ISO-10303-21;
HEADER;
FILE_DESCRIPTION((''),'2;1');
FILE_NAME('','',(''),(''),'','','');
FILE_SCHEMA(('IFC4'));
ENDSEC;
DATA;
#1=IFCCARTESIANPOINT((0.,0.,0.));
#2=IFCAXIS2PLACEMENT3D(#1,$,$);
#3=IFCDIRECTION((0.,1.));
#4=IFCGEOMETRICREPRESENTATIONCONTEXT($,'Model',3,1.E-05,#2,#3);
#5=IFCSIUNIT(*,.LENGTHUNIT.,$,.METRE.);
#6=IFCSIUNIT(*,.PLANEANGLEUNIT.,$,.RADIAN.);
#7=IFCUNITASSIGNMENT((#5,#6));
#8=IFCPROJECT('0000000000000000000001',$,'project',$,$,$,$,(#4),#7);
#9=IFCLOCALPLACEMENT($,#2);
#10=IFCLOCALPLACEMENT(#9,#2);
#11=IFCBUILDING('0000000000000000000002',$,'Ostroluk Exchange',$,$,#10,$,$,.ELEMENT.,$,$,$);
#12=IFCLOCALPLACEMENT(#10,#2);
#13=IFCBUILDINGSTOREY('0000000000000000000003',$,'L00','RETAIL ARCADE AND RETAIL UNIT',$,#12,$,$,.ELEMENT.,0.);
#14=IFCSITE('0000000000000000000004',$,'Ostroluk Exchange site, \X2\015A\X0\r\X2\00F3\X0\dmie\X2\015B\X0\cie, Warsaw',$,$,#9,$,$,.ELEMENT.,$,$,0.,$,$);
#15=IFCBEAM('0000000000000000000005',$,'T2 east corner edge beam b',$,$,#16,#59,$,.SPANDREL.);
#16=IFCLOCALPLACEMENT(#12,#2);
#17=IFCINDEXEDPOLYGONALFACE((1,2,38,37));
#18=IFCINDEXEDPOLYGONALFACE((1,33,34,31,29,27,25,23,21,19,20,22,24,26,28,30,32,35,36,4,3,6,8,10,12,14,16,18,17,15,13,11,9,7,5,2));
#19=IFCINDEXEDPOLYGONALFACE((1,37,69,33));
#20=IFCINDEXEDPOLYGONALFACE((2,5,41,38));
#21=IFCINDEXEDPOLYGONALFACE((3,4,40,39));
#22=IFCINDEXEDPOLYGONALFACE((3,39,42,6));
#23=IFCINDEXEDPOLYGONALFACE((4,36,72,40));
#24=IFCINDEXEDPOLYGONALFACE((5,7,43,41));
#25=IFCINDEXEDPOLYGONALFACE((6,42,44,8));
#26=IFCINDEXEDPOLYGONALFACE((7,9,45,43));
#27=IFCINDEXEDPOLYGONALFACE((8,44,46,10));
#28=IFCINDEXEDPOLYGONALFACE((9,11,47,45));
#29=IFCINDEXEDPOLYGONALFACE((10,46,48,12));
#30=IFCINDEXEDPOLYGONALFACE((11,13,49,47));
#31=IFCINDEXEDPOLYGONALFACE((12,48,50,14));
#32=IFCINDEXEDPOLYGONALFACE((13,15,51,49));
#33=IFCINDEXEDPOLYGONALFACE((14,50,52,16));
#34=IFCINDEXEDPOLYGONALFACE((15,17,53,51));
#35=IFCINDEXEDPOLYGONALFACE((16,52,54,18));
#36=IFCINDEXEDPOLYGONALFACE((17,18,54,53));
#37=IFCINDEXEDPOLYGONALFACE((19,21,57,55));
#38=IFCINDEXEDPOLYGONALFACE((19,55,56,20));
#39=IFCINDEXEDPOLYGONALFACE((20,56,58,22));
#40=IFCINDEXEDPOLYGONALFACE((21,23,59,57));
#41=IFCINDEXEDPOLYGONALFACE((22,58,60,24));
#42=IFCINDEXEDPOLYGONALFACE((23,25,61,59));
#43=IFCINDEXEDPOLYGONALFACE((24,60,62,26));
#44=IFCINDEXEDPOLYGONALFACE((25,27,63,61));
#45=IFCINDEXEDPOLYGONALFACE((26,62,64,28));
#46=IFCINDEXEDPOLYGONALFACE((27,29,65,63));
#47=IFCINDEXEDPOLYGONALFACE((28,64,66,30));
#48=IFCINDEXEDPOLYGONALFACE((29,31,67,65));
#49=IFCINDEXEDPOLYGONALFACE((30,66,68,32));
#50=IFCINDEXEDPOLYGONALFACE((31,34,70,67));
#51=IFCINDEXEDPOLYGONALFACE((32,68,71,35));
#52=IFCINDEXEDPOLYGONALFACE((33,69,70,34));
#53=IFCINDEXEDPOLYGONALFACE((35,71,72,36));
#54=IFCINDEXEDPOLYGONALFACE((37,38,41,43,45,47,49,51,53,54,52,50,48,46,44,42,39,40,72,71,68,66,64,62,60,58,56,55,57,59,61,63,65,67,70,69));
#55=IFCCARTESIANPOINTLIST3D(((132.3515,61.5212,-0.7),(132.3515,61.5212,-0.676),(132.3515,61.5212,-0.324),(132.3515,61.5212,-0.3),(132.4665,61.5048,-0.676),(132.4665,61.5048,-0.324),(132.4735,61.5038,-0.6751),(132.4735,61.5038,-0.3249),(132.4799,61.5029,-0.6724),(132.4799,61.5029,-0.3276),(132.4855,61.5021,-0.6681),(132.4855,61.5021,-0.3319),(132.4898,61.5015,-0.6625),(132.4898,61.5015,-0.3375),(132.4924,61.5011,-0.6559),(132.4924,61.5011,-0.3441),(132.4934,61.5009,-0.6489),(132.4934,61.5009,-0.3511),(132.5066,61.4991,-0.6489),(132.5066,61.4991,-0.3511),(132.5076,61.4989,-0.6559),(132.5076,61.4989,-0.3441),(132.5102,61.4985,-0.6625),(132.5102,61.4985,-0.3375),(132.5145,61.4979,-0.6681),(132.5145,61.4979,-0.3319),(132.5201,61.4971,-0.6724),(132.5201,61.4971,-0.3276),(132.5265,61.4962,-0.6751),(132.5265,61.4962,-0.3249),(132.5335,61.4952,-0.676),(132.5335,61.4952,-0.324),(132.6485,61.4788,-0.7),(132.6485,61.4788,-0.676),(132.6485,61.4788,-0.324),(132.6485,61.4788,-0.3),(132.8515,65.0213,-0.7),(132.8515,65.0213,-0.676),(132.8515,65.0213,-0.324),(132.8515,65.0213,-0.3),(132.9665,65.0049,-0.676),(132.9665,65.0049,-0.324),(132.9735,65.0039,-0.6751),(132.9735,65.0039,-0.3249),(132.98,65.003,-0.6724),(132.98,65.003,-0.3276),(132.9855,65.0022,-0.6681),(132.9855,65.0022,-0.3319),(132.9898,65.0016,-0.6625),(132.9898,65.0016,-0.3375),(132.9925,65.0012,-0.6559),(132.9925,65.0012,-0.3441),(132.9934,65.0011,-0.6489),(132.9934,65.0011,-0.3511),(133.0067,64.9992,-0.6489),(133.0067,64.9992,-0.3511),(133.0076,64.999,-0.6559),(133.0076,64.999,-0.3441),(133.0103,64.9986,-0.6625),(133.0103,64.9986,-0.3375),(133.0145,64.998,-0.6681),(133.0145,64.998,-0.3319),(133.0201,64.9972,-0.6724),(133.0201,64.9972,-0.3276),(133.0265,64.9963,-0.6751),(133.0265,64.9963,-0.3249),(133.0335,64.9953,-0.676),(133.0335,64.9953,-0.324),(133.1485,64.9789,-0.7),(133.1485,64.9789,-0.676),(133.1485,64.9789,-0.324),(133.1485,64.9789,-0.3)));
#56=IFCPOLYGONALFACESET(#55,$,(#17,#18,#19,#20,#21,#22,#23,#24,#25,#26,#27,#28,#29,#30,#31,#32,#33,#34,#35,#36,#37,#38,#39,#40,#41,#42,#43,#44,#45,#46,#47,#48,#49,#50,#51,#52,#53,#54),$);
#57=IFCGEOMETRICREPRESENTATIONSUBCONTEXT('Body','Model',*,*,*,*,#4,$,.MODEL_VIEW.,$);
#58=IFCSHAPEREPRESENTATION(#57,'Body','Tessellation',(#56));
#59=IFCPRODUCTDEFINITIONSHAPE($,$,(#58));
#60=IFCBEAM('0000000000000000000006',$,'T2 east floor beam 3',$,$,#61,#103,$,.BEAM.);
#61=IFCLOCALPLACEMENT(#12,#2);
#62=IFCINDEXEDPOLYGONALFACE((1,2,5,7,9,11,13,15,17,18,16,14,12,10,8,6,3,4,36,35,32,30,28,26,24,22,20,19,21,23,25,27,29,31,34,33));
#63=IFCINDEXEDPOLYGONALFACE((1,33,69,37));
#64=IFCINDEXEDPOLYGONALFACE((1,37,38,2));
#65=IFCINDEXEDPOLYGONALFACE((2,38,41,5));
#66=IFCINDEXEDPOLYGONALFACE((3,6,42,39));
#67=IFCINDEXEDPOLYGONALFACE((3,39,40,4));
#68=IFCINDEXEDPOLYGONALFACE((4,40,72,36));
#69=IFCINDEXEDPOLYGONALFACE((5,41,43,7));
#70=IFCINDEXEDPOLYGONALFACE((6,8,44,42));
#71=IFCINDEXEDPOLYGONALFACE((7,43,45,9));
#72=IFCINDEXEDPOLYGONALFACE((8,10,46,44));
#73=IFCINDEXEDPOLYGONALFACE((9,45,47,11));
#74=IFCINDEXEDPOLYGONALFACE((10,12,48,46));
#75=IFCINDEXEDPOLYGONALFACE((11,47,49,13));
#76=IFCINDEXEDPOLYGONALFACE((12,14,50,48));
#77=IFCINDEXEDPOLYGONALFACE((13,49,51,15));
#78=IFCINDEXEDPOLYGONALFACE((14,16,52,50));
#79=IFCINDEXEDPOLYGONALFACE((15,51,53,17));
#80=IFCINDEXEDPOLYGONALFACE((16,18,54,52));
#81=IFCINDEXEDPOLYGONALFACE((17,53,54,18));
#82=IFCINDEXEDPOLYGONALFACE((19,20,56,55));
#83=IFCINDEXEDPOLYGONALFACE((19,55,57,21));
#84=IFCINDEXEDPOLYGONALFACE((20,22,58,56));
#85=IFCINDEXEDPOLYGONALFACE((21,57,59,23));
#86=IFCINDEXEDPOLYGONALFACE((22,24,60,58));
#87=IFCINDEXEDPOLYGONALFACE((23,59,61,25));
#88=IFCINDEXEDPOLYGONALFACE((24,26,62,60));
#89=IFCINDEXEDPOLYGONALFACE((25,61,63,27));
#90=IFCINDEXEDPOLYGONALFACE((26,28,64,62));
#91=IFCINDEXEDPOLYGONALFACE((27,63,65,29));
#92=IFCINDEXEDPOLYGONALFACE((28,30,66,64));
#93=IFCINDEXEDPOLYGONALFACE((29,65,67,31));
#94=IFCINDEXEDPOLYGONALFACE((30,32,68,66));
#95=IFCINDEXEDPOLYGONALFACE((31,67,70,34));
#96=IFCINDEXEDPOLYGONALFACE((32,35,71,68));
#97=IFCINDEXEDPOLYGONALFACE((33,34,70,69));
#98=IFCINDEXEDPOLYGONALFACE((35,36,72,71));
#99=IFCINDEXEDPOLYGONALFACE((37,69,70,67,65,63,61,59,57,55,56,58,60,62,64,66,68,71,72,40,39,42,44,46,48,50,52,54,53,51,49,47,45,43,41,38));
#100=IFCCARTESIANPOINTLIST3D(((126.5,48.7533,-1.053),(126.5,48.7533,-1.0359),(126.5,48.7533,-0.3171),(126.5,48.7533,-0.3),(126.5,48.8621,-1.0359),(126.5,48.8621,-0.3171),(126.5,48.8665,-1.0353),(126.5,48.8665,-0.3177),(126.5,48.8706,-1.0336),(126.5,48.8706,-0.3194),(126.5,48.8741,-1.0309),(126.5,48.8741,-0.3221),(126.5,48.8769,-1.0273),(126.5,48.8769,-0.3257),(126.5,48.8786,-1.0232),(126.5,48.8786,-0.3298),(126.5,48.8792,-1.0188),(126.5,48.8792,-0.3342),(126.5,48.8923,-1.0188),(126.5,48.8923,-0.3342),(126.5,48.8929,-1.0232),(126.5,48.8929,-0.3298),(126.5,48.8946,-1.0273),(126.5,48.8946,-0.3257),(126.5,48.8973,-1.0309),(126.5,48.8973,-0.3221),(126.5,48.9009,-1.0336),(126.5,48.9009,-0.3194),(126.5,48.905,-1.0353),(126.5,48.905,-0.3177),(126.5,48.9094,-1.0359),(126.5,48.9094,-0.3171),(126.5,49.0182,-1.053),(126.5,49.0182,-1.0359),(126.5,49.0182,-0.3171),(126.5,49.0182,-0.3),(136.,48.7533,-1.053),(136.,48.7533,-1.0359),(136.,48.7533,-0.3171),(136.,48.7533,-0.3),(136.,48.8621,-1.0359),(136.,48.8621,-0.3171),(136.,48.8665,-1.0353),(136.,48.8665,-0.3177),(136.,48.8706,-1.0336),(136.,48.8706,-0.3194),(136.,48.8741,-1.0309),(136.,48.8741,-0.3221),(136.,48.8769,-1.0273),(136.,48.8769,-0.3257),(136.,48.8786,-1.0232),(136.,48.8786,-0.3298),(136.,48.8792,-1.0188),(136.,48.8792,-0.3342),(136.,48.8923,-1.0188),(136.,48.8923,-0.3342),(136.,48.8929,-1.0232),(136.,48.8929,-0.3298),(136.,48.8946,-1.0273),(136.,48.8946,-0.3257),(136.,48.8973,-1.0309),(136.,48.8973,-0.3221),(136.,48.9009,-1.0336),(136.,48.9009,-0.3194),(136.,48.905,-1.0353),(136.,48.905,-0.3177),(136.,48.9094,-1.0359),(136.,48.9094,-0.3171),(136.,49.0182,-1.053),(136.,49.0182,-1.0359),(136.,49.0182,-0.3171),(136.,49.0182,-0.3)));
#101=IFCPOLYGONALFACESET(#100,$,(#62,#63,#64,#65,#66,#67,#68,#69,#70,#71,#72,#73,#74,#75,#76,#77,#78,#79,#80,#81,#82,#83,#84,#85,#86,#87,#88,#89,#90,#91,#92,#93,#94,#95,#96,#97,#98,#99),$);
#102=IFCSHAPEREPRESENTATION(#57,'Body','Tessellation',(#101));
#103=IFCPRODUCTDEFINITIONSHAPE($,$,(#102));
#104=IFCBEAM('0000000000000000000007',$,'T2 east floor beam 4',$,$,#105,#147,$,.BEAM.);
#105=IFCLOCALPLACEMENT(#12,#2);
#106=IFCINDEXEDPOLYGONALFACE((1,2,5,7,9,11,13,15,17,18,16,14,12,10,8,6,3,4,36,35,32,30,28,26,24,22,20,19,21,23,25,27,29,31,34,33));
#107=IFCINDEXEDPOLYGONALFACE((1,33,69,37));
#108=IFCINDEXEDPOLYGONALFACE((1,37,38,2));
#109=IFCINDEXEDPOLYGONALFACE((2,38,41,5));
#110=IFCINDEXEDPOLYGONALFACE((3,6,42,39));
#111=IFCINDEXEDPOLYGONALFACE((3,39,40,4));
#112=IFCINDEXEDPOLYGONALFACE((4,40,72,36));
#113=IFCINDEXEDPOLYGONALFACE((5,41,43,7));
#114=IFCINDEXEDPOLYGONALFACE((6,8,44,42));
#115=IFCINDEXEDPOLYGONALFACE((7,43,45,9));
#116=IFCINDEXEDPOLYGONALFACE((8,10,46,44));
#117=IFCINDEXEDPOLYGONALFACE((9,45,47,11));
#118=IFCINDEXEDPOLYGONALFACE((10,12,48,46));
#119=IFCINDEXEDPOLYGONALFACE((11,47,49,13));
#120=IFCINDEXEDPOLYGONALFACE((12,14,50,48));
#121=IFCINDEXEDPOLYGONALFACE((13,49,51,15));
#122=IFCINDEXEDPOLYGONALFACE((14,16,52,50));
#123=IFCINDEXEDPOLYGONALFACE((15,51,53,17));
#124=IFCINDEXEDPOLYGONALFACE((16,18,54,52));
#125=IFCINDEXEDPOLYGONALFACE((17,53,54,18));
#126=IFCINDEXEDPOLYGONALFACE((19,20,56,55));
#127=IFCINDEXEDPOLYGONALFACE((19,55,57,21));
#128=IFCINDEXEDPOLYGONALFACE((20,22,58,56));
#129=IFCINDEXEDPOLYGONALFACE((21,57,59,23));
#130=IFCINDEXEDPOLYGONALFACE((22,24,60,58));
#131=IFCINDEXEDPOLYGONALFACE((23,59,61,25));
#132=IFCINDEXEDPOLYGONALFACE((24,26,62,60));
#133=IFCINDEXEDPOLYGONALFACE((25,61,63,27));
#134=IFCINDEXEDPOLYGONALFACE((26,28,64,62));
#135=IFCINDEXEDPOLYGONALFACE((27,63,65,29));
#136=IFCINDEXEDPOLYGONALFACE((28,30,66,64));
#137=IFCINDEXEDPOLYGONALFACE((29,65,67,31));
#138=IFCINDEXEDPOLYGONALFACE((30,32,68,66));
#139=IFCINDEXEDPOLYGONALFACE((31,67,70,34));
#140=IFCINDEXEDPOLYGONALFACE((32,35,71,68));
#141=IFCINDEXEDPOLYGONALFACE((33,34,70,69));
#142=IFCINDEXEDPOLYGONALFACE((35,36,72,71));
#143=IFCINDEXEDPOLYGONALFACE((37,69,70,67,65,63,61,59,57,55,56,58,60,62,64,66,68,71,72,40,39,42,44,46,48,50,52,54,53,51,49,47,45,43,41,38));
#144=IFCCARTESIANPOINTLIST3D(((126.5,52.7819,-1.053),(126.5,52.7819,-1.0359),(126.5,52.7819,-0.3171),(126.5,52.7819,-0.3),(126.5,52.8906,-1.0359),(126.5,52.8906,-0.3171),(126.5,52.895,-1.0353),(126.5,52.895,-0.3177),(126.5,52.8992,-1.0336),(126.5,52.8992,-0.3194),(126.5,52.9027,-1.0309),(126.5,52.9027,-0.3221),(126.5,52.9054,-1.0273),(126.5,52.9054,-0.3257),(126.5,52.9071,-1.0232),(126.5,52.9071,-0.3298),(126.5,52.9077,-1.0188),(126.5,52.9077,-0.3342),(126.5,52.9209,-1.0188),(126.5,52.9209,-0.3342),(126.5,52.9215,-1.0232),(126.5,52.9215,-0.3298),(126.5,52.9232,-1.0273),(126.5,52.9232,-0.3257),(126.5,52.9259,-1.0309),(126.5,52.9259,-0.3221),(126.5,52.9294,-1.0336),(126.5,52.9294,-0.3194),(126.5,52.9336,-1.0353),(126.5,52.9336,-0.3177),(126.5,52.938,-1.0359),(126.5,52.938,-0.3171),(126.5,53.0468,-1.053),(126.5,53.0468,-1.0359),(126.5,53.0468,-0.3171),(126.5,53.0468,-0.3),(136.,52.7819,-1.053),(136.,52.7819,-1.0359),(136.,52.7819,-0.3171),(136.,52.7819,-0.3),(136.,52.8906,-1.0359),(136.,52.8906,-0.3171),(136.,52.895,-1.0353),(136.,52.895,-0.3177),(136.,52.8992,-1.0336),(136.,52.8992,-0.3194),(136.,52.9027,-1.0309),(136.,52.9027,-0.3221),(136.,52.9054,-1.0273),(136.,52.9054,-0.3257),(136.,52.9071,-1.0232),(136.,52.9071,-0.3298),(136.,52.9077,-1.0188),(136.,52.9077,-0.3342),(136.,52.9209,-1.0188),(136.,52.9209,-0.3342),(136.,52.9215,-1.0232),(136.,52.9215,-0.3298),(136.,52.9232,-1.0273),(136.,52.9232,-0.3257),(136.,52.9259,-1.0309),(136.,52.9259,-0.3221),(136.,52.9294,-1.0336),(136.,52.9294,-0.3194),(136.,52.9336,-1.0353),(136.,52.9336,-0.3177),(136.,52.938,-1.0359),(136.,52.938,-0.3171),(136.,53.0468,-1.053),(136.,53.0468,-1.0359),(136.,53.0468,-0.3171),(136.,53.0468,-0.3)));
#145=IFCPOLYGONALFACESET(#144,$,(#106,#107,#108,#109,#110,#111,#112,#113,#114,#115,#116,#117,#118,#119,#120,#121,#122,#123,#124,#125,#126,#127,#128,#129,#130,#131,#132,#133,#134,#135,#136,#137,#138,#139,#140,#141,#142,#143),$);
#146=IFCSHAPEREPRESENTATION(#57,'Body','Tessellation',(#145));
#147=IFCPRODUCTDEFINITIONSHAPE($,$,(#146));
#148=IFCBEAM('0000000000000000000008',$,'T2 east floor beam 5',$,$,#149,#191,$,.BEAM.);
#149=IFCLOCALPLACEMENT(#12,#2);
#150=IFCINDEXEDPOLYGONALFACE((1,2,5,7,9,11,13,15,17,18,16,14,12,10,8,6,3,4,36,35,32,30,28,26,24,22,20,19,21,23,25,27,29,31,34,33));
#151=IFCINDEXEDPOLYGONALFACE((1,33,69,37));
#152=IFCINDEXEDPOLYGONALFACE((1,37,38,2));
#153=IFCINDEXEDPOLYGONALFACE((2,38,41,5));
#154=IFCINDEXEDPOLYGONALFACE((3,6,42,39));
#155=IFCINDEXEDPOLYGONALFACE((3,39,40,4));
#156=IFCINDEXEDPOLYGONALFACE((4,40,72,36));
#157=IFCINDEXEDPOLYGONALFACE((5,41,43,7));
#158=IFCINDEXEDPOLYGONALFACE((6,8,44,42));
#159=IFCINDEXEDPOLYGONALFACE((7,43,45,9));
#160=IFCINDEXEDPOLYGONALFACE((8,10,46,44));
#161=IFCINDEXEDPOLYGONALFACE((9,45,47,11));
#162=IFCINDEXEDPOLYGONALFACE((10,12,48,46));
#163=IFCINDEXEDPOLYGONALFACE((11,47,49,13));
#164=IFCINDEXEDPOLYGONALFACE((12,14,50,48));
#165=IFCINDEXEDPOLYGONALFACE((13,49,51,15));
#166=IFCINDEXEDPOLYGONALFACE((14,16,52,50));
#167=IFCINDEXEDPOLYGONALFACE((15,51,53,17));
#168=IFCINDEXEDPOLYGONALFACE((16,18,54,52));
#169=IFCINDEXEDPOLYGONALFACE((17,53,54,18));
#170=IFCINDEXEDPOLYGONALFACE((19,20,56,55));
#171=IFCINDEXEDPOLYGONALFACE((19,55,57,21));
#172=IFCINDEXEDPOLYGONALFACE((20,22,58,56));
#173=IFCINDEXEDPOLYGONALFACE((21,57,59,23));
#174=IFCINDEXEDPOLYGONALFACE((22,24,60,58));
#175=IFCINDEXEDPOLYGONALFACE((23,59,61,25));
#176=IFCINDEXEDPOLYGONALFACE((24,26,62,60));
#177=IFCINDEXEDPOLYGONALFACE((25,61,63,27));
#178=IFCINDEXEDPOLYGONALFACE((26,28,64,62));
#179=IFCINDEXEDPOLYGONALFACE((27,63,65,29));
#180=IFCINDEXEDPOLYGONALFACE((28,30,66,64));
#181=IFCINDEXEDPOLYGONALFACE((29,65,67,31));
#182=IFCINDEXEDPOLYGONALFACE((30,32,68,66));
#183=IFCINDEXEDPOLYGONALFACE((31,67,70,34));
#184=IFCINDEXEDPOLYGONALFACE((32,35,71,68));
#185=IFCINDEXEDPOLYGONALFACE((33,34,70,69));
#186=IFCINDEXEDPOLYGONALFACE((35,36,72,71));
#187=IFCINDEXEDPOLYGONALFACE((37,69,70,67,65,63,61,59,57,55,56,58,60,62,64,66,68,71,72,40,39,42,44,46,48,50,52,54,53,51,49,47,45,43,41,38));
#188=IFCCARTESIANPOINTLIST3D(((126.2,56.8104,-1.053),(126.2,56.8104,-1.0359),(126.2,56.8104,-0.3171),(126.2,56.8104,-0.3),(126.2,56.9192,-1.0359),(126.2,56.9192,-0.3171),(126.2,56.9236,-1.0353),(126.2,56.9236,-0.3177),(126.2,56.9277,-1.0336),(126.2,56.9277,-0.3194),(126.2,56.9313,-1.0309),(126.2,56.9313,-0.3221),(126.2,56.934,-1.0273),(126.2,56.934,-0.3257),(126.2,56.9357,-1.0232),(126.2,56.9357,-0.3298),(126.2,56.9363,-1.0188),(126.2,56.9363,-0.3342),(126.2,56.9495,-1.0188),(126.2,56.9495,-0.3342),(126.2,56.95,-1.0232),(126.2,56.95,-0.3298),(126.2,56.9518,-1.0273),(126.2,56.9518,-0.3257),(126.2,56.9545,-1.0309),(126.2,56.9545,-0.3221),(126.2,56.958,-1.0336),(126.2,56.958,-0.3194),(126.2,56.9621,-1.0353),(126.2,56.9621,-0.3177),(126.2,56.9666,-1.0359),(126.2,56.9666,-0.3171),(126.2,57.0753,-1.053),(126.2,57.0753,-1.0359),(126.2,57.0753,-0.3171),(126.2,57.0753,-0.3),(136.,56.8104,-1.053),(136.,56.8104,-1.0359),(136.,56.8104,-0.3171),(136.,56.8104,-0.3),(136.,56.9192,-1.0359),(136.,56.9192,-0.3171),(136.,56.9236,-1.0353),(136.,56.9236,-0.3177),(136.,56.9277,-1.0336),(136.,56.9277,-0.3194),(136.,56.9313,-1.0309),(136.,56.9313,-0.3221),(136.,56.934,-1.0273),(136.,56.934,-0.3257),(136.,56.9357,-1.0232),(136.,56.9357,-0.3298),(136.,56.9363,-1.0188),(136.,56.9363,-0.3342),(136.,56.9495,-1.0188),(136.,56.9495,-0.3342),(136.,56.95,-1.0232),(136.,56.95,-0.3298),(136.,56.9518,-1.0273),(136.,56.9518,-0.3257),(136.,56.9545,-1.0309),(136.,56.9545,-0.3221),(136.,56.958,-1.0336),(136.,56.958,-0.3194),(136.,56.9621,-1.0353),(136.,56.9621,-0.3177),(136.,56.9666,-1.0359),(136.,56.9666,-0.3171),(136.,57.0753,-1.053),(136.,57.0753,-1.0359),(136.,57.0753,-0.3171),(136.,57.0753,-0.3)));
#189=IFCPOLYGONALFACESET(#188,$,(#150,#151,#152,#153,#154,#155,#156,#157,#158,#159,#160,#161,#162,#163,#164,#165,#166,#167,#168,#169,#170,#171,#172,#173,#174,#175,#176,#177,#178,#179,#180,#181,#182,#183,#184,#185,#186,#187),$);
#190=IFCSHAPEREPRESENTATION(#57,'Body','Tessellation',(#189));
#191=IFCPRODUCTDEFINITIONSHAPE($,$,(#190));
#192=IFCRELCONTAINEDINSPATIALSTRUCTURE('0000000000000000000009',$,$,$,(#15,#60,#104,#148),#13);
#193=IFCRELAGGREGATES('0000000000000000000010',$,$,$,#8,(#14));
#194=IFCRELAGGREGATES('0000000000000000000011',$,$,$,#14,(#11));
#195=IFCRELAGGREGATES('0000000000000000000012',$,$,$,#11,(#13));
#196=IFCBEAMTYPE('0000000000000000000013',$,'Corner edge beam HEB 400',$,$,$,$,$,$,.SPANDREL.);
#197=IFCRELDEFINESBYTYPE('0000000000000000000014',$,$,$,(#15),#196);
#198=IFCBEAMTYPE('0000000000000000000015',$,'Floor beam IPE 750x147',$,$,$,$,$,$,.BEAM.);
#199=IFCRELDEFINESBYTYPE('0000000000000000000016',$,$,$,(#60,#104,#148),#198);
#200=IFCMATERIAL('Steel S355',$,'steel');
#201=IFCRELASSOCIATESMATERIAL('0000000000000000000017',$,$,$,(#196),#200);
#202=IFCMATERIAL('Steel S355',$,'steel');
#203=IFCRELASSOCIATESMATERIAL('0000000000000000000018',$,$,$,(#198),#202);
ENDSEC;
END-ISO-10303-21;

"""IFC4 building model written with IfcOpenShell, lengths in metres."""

from ifc_helpers import new_model, si_unit, direction, frame, origin, origin_2d, place, context, subcontext, project, spatial, i_section, extrude, material, material_profile, profile_set, type_object, element, save


model = new_model("IFC4")

# Units and contexts
model_context = context("Model", 3, precision=1e-05, world=origin(), true_north=direction((0.0, 1.0)))
body_context = subcontext(model_context, "Body", "Model", "MODEL_VIEW")
ifc_project = project(units=[si_unit("LENGTHUNIT", "METRE"), si_unit("PLANEANGLEUNIT", "RADIAN")], contexts=[model_context])

# Site, building, storey
site_placement = place(None, origin())
site = spatial("IfcSite", under=ifc_project, at=site_placement, Name="Ostroluk Exchange site, Śródmieście, Warsaw", CompositionType="ELEMENT", RefElevation=0.0)
building_placement = place(site_placement, origin())
building = spatial("IfcBuilding", under=site, at=building_placement, Name="Ostroluk Exchange", CompositionType="ELEMENT")
storey_placement = place(building_placement, origin())
storey = spatial("IfcBuildingStorey", under=building, at=storey_placement, Name="L00", Description="RETAIL ARCADE AND RETAIL UNIT", CompositionType="ELEMENT", Elevation=0.0)

# Beams
ifc_material_1 = material(Name="Steel S355", Category="steel")
ifc_material_profile_1 = material_profile(ifc_material_1, i_section(OverallWidth=0.3, OverallDepth=0.3999, WebThickness=0.0134, FlangeThickness=0.0239, FilletRadius=0.0271, at=origin_2d()), Name="HEB 400")
ifc_profile_set_1 = profile_set([ifc_material_profile_1], Name="Steel S355")
beam_type_1 = type_object("IfcBeamType", Name="Corner edge beam HEB 400", PredefinedType="SPANDREL", material=ifc_profile_set_1)
for number, where, z_axis, x_axis, name in (
    (1, (132.5, 61.5, -0.5), (0.141421, 0.989949, 0.0), (-0.989949, 0.141421, 0.0), "T2 east corner edge beam b"),
):
    element("IfcBeam", number, at=place(storey_placement, frame(where, z_axis=z_axis, x_axis=x_axis)), inside=storey, type_object=beam_type_1, Name=name, PredefinedType="SPANDREL", context=body_context, shape_type="SweptSolid", body=[
        extrude(i_section(OverallWidth=0.3, OverallDepth=0.3999, WebThickness=0.0134, FlangeThickness=0.0239, FilletRadius=0.0271, at=origin_2d()), origin(), (0.0, 0.0, 1.0), 3.5356),
    ])
ifc_material_2 = material(Name="Steel S355", Category="steel")
ifc_material_profile_2 = material_profile(ifc_material_2, i_section(OverallWidth=0.2649, OverallDepth=0.7529, WebThickness=0.0132, FlangeThickness=0.0171, FilletRadius=0.0171, at=origin_2d()), Name="IPE 750x147")
ifc_profile_set_2 = profile_set([ifc_material_profile_2], Name="Steel S355")
beam_type_2 = type_object("IfcBeamType", Name="Floor beam IPE 750x147", PredefinedType="BEAM", material=ifc_profile_set_2)
for number, where, z_axis, x_axis, name in (
    (2, (126.5, 48.8857, -0.6765), (1.0, 0.0, 0.0), (0.0, 1.0, 0.0), "T2 east floor beam 3"),
    (3, (126.5, 52.9143, -0.6765), (1.0, 0.0, 0.0), (0.0, 1.0, 0.0), "T2 east floor beam 4"),
):
    element("IfcBeam", number, at=place(storey_placement, frame(where, z_axis=z_axis, x_axis=x_axis)), inside=storey, type_object=beam_type_2, Name=name, PredefinedType="BEAM", context=body_context, shape_type="SweptSolid", body=[
        extrude(i_section(OverallWidth=0.2649, OverallDepth=0.7529, WebThickness=0.0132, FlangeThickness=0.0171, FilletRadius=0.0171, at=origin_2d()), origin(), (0.0, 0.0, 1.0), 9.5),
    ])
beam_1_placement = place(storey_placement, frame((126.2, 56.9429, -0.6765), z_axis=(1.0, 0.0, 0.0), x_axis=(0.0, 1.0, 0.0)))
element("IfcBeam", 4, at=beam_1_placement, inside=storey, type_object=beam_type_2, Name="T2 east floor beam 5", PredefinedType="BEAM", context=body_context, shape_type="SweptSolid", body=[
    extrude(i_section(OverallWidth=0.2649, OverallDepth=0.7529, WebThickness=0.0132, FlangeThickness=0.0171, FilletRadius=0.0171, at=origin_2d()), origin(), (0.0, 0.0, 1.0), 9.8),
])

save(model, "model.ifc")
